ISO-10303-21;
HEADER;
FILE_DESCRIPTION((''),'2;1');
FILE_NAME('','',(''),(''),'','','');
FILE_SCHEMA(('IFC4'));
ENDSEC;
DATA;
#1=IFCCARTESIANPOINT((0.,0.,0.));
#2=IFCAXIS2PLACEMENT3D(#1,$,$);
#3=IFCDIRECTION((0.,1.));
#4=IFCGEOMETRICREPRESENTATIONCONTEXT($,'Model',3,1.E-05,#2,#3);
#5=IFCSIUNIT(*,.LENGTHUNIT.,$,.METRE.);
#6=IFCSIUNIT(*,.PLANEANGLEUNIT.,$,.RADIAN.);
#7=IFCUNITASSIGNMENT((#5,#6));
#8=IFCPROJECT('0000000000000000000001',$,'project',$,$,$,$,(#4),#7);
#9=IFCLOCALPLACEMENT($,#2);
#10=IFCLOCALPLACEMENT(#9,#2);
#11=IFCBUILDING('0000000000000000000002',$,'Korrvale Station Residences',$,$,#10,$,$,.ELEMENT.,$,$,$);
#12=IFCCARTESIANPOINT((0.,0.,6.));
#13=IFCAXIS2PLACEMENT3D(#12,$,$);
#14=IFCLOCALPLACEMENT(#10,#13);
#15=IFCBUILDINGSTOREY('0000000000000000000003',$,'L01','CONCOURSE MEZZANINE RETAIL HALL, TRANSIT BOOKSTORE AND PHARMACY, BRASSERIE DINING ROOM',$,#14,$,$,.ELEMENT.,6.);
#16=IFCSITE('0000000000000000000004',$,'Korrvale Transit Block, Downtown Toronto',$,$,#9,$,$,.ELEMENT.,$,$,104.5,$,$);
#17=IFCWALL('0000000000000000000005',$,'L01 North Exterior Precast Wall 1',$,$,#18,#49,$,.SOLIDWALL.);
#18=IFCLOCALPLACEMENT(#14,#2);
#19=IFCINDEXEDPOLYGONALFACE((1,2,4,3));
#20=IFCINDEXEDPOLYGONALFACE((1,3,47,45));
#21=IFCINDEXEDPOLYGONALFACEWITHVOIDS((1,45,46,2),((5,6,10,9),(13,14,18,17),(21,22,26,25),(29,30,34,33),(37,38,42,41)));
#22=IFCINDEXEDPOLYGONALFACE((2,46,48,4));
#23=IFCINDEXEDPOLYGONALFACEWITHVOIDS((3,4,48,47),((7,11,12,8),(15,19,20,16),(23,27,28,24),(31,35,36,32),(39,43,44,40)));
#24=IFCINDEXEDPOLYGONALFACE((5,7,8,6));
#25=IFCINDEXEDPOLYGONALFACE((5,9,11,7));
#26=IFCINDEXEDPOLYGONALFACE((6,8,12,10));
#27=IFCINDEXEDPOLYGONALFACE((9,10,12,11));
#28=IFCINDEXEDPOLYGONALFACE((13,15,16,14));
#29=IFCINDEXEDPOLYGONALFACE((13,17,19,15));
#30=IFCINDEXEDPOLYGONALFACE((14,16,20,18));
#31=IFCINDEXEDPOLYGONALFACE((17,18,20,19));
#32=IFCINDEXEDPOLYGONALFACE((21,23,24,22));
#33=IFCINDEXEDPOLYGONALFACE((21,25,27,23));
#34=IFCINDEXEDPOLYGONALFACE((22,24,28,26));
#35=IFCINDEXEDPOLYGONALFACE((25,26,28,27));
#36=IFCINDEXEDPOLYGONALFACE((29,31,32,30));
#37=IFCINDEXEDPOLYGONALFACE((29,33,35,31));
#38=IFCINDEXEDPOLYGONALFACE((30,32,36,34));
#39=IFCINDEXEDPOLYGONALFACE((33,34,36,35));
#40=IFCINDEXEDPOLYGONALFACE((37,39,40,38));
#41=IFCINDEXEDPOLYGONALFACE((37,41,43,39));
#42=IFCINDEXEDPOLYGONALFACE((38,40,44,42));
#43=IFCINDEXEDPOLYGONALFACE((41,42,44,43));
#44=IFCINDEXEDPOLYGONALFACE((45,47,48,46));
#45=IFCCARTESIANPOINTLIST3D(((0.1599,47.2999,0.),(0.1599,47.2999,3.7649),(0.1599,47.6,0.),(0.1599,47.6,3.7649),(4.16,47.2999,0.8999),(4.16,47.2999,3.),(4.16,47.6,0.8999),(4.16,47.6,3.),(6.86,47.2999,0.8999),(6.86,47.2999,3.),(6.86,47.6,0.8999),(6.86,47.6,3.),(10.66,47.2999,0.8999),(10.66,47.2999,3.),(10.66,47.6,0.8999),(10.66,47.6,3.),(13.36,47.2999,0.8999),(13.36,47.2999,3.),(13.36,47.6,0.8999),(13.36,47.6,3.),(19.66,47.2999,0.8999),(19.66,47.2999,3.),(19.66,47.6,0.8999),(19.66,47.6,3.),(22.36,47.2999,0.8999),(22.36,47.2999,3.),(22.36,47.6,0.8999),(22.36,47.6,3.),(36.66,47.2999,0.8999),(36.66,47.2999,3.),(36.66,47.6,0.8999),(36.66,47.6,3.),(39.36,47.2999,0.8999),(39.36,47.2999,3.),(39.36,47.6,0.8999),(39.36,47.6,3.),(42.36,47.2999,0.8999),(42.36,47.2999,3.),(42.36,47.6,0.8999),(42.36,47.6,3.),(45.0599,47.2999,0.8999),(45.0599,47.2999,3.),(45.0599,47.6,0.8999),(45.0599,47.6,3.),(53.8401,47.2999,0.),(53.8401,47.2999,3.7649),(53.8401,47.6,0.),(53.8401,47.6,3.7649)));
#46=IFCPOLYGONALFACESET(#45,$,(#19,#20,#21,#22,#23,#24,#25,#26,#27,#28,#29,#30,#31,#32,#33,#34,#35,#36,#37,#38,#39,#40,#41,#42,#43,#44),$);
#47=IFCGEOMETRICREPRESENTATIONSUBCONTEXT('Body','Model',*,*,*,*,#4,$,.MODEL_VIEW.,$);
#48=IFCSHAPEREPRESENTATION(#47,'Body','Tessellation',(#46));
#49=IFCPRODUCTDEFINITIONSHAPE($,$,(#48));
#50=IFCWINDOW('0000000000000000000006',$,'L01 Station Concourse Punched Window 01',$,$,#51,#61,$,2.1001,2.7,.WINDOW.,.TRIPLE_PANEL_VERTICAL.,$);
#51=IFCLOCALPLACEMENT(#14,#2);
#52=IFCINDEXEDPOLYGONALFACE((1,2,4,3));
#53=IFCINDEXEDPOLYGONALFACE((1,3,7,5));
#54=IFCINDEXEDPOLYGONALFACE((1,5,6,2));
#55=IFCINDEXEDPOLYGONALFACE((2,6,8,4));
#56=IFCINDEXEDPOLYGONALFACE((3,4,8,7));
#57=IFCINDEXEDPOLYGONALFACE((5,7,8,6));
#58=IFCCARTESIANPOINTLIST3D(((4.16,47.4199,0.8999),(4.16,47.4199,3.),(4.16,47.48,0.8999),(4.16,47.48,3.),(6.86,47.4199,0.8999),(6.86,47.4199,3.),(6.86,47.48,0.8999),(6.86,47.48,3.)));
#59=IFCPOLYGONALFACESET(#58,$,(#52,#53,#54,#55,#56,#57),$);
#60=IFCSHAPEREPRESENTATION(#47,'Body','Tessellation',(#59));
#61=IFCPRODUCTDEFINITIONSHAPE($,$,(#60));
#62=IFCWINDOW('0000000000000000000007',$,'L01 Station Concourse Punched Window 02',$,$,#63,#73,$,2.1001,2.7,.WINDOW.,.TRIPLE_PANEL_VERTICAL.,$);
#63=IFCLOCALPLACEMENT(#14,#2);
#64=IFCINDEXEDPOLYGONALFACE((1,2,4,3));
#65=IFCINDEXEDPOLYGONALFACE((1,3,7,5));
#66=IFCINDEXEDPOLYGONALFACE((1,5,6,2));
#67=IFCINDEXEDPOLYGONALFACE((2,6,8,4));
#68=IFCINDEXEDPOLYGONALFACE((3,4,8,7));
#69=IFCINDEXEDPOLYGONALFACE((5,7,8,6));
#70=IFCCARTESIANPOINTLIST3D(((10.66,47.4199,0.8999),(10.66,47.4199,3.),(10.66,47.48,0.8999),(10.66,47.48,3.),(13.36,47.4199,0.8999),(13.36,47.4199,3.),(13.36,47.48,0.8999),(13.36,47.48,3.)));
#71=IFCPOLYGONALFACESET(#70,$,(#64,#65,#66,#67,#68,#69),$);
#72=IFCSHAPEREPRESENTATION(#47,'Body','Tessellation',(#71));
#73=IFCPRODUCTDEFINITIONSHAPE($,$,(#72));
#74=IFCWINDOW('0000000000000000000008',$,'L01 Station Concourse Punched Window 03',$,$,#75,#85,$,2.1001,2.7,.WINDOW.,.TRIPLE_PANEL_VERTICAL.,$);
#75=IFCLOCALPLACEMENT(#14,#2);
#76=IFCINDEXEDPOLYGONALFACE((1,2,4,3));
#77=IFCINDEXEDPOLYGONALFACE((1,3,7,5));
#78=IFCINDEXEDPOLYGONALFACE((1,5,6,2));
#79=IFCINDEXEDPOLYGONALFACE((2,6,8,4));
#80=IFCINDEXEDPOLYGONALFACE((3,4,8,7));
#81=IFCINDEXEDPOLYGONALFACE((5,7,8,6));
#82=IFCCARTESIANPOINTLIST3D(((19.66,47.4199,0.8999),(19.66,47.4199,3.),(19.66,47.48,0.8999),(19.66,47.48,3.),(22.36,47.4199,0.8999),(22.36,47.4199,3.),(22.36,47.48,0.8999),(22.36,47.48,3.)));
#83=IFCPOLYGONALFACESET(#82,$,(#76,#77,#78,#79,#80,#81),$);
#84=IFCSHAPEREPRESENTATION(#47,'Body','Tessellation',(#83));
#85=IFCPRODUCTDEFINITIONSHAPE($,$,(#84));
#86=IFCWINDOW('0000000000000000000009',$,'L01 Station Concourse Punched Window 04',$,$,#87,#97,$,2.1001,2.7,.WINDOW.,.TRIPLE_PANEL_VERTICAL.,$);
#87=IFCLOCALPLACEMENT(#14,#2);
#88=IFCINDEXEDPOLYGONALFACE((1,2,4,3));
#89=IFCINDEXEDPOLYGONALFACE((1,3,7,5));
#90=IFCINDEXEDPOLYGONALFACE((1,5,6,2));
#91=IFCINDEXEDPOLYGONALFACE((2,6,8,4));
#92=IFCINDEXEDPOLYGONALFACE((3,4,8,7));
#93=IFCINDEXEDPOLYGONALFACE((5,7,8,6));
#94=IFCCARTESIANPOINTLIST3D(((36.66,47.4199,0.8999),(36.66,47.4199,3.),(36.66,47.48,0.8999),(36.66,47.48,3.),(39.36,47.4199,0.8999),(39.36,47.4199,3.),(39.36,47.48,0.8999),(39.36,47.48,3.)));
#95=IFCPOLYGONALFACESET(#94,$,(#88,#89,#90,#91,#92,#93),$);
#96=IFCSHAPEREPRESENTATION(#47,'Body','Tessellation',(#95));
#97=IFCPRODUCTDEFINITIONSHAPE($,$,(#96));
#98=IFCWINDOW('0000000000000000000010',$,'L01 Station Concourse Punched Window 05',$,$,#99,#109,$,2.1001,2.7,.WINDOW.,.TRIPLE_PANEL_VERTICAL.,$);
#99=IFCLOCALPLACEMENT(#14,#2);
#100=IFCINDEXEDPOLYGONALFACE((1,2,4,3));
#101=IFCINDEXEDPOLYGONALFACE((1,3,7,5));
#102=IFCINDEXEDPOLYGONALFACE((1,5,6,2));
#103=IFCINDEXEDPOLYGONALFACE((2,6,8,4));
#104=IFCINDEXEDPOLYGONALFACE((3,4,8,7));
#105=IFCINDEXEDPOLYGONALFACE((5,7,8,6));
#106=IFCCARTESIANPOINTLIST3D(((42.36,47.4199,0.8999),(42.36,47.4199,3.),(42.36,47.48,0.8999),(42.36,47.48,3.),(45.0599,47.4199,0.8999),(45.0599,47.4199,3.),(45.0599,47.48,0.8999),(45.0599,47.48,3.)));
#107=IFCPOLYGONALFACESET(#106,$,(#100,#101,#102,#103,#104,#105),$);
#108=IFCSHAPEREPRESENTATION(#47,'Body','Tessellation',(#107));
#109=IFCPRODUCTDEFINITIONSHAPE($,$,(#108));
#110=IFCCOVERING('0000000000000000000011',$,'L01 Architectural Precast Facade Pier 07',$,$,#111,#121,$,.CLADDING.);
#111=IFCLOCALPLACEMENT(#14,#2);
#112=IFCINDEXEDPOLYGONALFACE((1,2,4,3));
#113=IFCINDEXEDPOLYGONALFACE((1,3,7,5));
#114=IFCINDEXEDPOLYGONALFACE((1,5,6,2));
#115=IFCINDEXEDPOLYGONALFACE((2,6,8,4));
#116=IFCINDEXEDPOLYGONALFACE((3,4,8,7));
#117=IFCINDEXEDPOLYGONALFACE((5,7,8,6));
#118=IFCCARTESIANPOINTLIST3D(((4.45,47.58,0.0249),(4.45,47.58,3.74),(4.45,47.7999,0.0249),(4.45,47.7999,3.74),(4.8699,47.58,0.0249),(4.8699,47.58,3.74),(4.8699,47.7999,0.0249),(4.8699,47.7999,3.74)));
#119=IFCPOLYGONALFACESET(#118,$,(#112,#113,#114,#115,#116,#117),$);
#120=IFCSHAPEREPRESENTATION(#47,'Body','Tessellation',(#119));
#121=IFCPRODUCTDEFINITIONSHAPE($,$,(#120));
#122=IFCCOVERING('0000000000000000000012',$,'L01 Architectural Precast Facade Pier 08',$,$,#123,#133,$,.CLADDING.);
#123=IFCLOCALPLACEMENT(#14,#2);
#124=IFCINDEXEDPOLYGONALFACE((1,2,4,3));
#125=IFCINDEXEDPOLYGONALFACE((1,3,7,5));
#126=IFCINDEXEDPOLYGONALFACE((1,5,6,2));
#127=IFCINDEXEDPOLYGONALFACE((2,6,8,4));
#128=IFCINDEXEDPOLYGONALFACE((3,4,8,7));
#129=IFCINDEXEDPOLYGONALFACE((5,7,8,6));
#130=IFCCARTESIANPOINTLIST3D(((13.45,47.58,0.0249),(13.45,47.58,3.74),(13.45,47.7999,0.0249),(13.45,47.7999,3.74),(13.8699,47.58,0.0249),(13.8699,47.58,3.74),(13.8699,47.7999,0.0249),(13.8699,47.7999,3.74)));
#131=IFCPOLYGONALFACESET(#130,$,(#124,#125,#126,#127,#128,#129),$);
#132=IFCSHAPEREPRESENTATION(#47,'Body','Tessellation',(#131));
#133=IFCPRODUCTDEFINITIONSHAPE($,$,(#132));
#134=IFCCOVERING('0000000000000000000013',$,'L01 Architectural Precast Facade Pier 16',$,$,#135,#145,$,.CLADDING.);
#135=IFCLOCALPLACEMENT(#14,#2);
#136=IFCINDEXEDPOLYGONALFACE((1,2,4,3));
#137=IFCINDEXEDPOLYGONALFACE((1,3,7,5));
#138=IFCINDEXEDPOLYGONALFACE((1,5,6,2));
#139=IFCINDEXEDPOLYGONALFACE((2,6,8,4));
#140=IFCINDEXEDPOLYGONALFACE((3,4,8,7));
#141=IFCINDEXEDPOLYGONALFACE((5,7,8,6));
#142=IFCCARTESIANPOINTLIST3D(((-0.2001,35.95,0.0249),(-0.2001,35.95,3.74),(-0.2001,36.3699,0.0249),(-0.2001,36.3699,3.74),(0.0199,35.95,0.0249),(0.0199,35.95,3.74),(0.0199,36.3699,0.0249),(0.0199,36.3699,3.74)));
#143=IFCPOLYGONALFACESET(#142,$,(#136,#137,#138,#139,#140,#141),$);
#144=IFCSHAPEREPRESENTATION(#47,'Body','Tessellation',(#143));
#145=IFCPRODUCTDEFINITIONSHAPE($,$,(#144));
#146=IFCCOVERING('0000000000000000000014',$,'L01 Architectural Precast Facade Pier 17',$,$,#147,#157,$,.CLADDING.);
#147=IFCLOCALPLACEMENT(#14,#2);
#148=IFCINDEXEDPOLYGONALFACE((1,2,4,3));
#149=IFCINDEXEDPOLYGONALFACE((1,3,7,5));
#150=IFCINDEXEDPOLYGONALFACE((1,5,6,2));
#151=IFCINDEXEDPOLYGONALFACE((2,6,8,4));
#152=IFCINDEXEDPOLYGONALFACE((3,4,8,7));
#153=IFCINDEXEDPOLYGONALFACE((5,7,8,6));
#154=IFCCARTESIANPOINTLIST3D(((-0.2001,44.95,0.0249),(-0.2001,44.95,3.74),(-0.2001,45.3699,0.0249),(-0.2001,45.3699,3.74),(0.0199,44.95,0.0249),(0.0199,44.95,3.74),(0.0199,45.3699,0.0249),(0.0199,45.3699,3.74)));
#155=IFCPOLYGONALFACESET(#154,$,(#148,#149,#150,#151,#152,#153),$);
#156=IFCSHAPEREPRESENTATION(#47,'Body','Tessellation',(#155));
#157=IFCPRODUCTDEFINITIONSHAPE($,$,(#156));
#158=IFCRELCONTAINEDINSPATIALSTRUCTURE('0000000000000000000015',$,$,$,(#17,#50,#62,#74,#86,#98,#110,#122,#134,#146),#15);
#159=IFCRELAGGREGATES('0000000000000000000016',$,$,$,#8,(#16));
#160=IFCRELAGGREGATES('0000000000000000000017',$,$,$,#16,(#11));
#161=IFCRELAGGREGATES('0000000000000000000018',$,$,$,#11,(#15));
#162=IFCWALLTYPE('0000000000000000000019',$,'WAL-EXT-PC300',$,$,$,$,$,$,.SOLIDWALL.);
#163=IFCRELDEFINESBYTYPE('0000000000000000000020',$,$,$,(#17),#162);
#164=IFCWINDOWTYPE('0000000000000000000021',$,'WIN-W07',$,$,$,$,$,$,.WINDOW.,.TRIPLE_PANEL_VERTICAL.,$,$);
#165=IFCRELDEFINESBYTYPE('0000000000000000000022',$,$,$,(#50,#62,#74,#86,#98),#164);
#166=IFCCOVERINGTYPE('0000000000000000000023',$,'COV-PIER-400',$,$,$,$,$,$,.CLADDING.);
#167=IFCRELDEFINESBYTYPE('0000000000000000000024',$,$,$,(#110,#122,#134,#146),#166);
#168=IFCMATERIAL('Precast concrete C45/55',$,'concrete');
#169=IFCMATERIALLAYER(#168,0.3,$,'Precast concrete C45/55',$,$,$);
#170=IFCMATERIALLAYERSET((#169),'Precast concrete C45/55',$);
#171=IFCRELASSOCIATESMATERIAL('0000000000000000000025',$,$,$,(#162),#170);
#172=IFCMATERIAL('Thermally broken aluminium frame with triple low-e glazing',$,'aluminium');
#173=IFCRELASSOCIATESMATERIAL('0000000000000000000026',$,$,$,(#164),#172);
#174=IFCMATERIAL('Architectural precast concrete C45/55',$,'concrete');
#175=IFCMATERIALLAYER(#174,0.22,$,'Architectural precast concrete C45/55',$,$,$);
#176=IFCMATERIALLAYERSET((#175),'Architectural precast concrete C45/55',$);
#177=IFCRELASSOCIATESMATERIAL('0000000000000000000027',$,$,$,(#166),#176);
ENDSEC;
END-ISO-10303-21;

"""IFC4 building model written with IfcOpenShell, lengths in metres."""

from ifc_helpers import new_model, si_unit, direction, frame, frame_2d, origin, origin_2d, place, context, subcontext, project, spatial, rectangle, extrude, material, layer, layer_set, type_object, element, fill, save


model = new_model("IFC4")

# Units and contexts
model_context = context("Model", 3, precision=1e-05, world=origin(), true_north=direction((0.0, 1.0)))
body_context = subcontext(model_context, "Body", "Model", "MODEL_VIEW")
ifc_project = project(units=[si_unit("LENGTHUNIT", "METRE"), si_unit("PLANEANGLEUNIT", "RADIAN")], contexts=[model_context])

# Site, building, storey
site_placement = place(None, origin())
site = spatial("IfcSite", under=ifc_project, at=site_placement, Name="Korrvale Transit Block, Downtown Toronto", CompositionType="ELEMENT", RefElevation=104.5)
building_placement = place(site_placement, origin())
building = spatial("IfcBuilding", under=site, at=building_placement, Name="Korrvale Station Residences", CompositionType="ELEMENT")
storey_placement = place(building_placement, frame((0.0, 0.0, 6.0)))
storey = spatial("IfcBuildingStorey", under=building, at=storey_placement, Name="L01", Description="CONCOURSE MEZZANINE RETAIL HALL, TRANSIT BOOKSTORE AND PHARMACY, BRASSERIE DINING ROOM", CompositionType="ELEMENT", Elevation=6.0)

# Wall, openings, windows
ifc_material_1 = material(Name="Precast concrete C45/55", Category="concrete")
ifc_layer_1 = layer(ifc_material_1, 0.3, Name="Precast concrete C45/55")
ifc_layer_set_1 = layer_set([ifc_layer_1], Name="Precast concrete C45/55")
wall_type = type_object("IfcWallType", Name="WAL-EXT-PC300", PredefinedType="SOLIDWALL", material=ifc_layer_set_1)
wall_placement = place(storey_placement, frame((0.1599, 47.45, 0.0), z_axis=(0.0, 0.0, 1.0), x_axis=(1.0, 0.0, 0.0)))
wall = element("IfcWall", 1, at=wall_placement, inside=storey, type_object=wall_type, Name="L01 North Exterior Precast Wall 1", PredefinedType="SOLIDWALL", context=body_context, shape_type="SweptSolid", body=[
    extrude(rectangle(XDim=53.6802, YDim=0.3, at=frame_2d((26.8401, 0.0))), origin(), (0.0, 0.0, 1.0), 3.7649),
])
opening_1_placement = place(wall_placement, frame((4.0, 0.0, 0.8999)))
opening_1 = element("IfcOpeningElement", 2, at=opening_1_placement, cuts=wall, PredefinedType="OPENING", context=body_context, shape_type="SweptSolid", body=[
    extrude(rectangle(XDim=2.7, YDim=2.1001, at=frame_2d((1.3501, 1.05))), frame((0.0, 0.1602, 0.0), z_axis=(0.0, -1.0, 0.0), x_axis=(1.0, 0.0, 0.0)), (0.0, 0.0, 1.0), 0.3201),
])
opening_2_placement = place(wall_placement, frame((10.5, 0.0, 0.8999)))
opening_2 = element("IfcOpeningElement", 3, at=opening_2_placement, cuts=wall, PredefinedType="OPENING", context=body_context, shape_type="SweptSolid", body=[
    extrude(rectangle(XDim=2.7, YDim=2.1001, at=frame_2d((1.3501, 1.05))), frame((0.0, 0.1602, 0.0), z_axis=(0.0, -1.0, 0.0), x_axis=(1.0, 0.0, 0.0)), (0.0, 0.0, 1.0), 0.3201),
])
opening_3_placement = place(wall_placement, frame((19.5, 0.0, 0.8999)))
opening_3 = element("IfcOpeningElement", 4, at=opening_3_placement, cuts=wall, PredefinedType="OPENING", context=body_context, shape_type="SweptSolid", body=[
    extrude(rectangle(XDim=2.7, YDim=2.1001, at=frame_2d((1.3501, 1.05))), frame((0.0, 0.1602, 0.0), z_axis=(0.0, -1.0, 0.0), x_axis=(1.0, 0.0, 0.0)), (0.0, 0.0, 1.0), 0.3201),
])
opening_4_placement = place(wall_placement, frame((36.5, 0.0, 0.8999)))
opening_4 = element("IfcOpeningElement", 5, at=opening_4_placement, cuts=wall, PredefinedType="OPENING", context=body_context, shape_type="SweptSolid", body=[
    extrude(rectangle(XDim=2.7, YDim=2.1001, at=frame_2d((1.3501, 1.05))), frame((0.0, 0.1602, 0.0), z_axis=(0.0, -1.0, 0.0), x_axis=(1.0, 0.0, 0.0)), (0.0, 0.0, 1.0), 0.3201),
])
opening_5_placement = place(wall_placement, frame((42.2, 0.0, 0.8999)))
opening_5 = element("IfcOpeningElement", 6, at=opening_5_placement, cuts=wall, PredefinedType="OPENING", context=body_context, shape_type="SweptSolid", body=[
    extrude(rectangle(XDim=2.7, YDim=2.1001, at=frame_2d((1.3501, 1.05))), frame((0.0, 0.1602, 0.0), z_axis=(0.0, -1.0, 0.0), x_axis=(1.0, 0.0, 0.0)), (0.0, 0.0, 1.0), 0.3201),
])
ifc_material_2 = material(Name="Thermally broken aluminium frame with triple low-e glazing", Category="aluminium")
window_type = type_object("IfcWindowType", Name="WIN-W07", PartitioningType="TRIPLE_PANEL_VERTICAL", PredefinedType="WINDOW", material=ifc_material_2)
window_1_placement = place(opening_1_placement, origin())
window_1 = element("IfcWindow", 7, at=window_1_placement, inside=storey, type_object=window_type, Name="L01 Station Concourse Punched Window 01", OverallHeight=2.1001, OverallWidth=2.7, PartitioningType="TRIPLE_PANEL_VERTICAL", PredefinedType="WINDOW", context=body_context, shape_type="SweptSolid", body=[
    extrude(rectangle(XDim=2.7, YDim=2.1001, at=frame_2d((1.3501, 1.05))), frame((0.0, 0.03, 0.0), z_axis=(0.0, -1.0, 0.0), x_axis=(1.0, 0.0, 0.0)), (0.0, 0.0, 1.0), 0.0601),
])
fill(opening_1, window_1)
window_2_placement = place(opening_2_placement, origin())
window_2 = element("IfcWindow", 8, at=window_2_placement, inside=storey, type_object=window_type, Name="L01 Station Concourse Punched Window 02", OverallHeight=2.1001, OverallWidth=2.7, PartitioningType="TRIPLE_PANEL_VERTICAL", PredefinedType="WINDOW", context=body_context, shape_type="SweptSolid", body=[
    extrude(rectangle(XDim=2.7, YDim=2.1001, at=frame_2d((1.3501, 1.05))), frame((0.0, 0.03, 0.0), z_axis=(0.0, -1.0, 0.0), x_axis=(1.0, 0.0, 0.0)), (0.0, 0.0, 1.0), 0.0601),
])
fill(opening_2, window_2)
window_3_placement = place(opening_3_placement, origin())
window_3 = element("IfcWindow", 9, at=window_3_placement, inside=storey, type_object=window_type, Name="L01 Station Concourse Punched Window 03", OverallHeight=2.1001, OverallWidth=2.7, PartitioningType="TRIPLE_PANEL_VERTICAL", PredefinedType="WINDOW", context=body_context, shape_type="SweptSolid", body=[
    extrude(rectangle(XDim=2.7, YDim=2.1001, at=frame_2d((1.3501, 1.05))), frame((0.0, 0.03, 0.0), z_axis=(0.0, -1.0, 0.0), x_axis=(1.0, 0.0, 0.0)), (0.0, 0.0, 1.0), 0.0601),
])
fill(opening_3, window_3)
window_4_placement = place(opening_4_placement, origin())
window_4 = element("IfcWindow", 10, at=window_4_placement, inside=storey, type_object=window_type, Name="L01 Station Concourse Punched Window 04", OverallHeight=2.1001, OverallWidth=2.7, PartitioningType="TRIPLE_PANEL_VERTICAL", PredefinedType="WINDOW", context=body_context, shape_type="SweptSolid", body=[
    extrude(rectangle(XDim=2.7, YDim=2.1001, at=frame_2d((1.3501, 1.05))), frame((0.0, 0.03, 0.0), z_axis=(0.0, -1.0, 0.0), x_axis=(1.0, 0.0, 0.0)), (0.0, 0.0, 1.0), 0.0601),
])
fill(opening_4, window_4)
window_5_placement = place(opening_5_placement, origin())
window_5 = element("IfcWindow", 11, at=window_5_placement, inside=storey, type_object=window_type, Name="L01 Station Concourse Punched Window 05", OverallHeight=2.1001, OverallWidth=2.7, PartitioningType="TRIPLE_PANEL_VERTICAL", PredefinedType="WINDOW", context=body_context, shape_type="SweptSolid", body=[
    extrude(rectangle(XDim=2.7, YDim=2.1001, at=frame_2d((1.3501, 1.05))), frame((0.0, 0.03, 0.0), z_axis=(0.0, -1.0, 0.0), x_axis=(1.0, 0.0, 0.0)), (0.0, 0.0, 1.0), 0.0601),
])
fill(opening_5, window_5)

# Coverings
ifc_material_3 = material(Name="Architectural precast concrete C45/55", Category="concrete")
ifc_layer_2 = layer(ifc_material_3, 0.22, Name="Architectural precast concrete C45/55")
ifc_layer_set_2 = layer_set([ifc_layer_2], Name="Architectural precast concrete C45/55")
covering_type = type_object("IfcCoveringType", Name="COV-PIER-400", PredefinedType="CLADDING", material=ifc_layer_set_2)
for number, where, z_axis, x_axis, name in (
    (12, (4.6599, 47.6899, 0.0249), (0.0, 0.0, 1.0), (1.0, 0.0, 0.0), "L01 Architectural Precast Facade Pier 07"),
    (13, (13.6599, 47.6899, 0.0249), (0.0, 0.0, 1.0), (1.0, 0.0, 0.0), "L01 Architectural Precast Facade Pier 08"),
    (14, (-0.0901, 36.1599, 0.0249), (0.0, 0.0, 1.0), (0.0, 1.0, 0.0), "L01 Architectural Precast Facade Pier 16"),
    (15, (-0.0901, 45.1599, 0.0249), (0.0, 0.0, 1.0), (0.0, 1.0, 0.0), "L01 Architectural Precast Facade Pier 17"),
):
    element("IfcCovering", number, at=place(storey_placement, frame(where, z_axis=z_axis, x_axis=x_axis)), inside=storey, type_object=covering_type, Name=name, PredefinedType="CLADDING", context=body_context, shape_type="SweptSolid", body=[
        extrude(rectangle(XDim=0.4199, YDim=0.22, at=origin_2d()), origin(), (0.0, 0.0, 1.0), 3.7151),
    ])

save(model, "model.ifc")
